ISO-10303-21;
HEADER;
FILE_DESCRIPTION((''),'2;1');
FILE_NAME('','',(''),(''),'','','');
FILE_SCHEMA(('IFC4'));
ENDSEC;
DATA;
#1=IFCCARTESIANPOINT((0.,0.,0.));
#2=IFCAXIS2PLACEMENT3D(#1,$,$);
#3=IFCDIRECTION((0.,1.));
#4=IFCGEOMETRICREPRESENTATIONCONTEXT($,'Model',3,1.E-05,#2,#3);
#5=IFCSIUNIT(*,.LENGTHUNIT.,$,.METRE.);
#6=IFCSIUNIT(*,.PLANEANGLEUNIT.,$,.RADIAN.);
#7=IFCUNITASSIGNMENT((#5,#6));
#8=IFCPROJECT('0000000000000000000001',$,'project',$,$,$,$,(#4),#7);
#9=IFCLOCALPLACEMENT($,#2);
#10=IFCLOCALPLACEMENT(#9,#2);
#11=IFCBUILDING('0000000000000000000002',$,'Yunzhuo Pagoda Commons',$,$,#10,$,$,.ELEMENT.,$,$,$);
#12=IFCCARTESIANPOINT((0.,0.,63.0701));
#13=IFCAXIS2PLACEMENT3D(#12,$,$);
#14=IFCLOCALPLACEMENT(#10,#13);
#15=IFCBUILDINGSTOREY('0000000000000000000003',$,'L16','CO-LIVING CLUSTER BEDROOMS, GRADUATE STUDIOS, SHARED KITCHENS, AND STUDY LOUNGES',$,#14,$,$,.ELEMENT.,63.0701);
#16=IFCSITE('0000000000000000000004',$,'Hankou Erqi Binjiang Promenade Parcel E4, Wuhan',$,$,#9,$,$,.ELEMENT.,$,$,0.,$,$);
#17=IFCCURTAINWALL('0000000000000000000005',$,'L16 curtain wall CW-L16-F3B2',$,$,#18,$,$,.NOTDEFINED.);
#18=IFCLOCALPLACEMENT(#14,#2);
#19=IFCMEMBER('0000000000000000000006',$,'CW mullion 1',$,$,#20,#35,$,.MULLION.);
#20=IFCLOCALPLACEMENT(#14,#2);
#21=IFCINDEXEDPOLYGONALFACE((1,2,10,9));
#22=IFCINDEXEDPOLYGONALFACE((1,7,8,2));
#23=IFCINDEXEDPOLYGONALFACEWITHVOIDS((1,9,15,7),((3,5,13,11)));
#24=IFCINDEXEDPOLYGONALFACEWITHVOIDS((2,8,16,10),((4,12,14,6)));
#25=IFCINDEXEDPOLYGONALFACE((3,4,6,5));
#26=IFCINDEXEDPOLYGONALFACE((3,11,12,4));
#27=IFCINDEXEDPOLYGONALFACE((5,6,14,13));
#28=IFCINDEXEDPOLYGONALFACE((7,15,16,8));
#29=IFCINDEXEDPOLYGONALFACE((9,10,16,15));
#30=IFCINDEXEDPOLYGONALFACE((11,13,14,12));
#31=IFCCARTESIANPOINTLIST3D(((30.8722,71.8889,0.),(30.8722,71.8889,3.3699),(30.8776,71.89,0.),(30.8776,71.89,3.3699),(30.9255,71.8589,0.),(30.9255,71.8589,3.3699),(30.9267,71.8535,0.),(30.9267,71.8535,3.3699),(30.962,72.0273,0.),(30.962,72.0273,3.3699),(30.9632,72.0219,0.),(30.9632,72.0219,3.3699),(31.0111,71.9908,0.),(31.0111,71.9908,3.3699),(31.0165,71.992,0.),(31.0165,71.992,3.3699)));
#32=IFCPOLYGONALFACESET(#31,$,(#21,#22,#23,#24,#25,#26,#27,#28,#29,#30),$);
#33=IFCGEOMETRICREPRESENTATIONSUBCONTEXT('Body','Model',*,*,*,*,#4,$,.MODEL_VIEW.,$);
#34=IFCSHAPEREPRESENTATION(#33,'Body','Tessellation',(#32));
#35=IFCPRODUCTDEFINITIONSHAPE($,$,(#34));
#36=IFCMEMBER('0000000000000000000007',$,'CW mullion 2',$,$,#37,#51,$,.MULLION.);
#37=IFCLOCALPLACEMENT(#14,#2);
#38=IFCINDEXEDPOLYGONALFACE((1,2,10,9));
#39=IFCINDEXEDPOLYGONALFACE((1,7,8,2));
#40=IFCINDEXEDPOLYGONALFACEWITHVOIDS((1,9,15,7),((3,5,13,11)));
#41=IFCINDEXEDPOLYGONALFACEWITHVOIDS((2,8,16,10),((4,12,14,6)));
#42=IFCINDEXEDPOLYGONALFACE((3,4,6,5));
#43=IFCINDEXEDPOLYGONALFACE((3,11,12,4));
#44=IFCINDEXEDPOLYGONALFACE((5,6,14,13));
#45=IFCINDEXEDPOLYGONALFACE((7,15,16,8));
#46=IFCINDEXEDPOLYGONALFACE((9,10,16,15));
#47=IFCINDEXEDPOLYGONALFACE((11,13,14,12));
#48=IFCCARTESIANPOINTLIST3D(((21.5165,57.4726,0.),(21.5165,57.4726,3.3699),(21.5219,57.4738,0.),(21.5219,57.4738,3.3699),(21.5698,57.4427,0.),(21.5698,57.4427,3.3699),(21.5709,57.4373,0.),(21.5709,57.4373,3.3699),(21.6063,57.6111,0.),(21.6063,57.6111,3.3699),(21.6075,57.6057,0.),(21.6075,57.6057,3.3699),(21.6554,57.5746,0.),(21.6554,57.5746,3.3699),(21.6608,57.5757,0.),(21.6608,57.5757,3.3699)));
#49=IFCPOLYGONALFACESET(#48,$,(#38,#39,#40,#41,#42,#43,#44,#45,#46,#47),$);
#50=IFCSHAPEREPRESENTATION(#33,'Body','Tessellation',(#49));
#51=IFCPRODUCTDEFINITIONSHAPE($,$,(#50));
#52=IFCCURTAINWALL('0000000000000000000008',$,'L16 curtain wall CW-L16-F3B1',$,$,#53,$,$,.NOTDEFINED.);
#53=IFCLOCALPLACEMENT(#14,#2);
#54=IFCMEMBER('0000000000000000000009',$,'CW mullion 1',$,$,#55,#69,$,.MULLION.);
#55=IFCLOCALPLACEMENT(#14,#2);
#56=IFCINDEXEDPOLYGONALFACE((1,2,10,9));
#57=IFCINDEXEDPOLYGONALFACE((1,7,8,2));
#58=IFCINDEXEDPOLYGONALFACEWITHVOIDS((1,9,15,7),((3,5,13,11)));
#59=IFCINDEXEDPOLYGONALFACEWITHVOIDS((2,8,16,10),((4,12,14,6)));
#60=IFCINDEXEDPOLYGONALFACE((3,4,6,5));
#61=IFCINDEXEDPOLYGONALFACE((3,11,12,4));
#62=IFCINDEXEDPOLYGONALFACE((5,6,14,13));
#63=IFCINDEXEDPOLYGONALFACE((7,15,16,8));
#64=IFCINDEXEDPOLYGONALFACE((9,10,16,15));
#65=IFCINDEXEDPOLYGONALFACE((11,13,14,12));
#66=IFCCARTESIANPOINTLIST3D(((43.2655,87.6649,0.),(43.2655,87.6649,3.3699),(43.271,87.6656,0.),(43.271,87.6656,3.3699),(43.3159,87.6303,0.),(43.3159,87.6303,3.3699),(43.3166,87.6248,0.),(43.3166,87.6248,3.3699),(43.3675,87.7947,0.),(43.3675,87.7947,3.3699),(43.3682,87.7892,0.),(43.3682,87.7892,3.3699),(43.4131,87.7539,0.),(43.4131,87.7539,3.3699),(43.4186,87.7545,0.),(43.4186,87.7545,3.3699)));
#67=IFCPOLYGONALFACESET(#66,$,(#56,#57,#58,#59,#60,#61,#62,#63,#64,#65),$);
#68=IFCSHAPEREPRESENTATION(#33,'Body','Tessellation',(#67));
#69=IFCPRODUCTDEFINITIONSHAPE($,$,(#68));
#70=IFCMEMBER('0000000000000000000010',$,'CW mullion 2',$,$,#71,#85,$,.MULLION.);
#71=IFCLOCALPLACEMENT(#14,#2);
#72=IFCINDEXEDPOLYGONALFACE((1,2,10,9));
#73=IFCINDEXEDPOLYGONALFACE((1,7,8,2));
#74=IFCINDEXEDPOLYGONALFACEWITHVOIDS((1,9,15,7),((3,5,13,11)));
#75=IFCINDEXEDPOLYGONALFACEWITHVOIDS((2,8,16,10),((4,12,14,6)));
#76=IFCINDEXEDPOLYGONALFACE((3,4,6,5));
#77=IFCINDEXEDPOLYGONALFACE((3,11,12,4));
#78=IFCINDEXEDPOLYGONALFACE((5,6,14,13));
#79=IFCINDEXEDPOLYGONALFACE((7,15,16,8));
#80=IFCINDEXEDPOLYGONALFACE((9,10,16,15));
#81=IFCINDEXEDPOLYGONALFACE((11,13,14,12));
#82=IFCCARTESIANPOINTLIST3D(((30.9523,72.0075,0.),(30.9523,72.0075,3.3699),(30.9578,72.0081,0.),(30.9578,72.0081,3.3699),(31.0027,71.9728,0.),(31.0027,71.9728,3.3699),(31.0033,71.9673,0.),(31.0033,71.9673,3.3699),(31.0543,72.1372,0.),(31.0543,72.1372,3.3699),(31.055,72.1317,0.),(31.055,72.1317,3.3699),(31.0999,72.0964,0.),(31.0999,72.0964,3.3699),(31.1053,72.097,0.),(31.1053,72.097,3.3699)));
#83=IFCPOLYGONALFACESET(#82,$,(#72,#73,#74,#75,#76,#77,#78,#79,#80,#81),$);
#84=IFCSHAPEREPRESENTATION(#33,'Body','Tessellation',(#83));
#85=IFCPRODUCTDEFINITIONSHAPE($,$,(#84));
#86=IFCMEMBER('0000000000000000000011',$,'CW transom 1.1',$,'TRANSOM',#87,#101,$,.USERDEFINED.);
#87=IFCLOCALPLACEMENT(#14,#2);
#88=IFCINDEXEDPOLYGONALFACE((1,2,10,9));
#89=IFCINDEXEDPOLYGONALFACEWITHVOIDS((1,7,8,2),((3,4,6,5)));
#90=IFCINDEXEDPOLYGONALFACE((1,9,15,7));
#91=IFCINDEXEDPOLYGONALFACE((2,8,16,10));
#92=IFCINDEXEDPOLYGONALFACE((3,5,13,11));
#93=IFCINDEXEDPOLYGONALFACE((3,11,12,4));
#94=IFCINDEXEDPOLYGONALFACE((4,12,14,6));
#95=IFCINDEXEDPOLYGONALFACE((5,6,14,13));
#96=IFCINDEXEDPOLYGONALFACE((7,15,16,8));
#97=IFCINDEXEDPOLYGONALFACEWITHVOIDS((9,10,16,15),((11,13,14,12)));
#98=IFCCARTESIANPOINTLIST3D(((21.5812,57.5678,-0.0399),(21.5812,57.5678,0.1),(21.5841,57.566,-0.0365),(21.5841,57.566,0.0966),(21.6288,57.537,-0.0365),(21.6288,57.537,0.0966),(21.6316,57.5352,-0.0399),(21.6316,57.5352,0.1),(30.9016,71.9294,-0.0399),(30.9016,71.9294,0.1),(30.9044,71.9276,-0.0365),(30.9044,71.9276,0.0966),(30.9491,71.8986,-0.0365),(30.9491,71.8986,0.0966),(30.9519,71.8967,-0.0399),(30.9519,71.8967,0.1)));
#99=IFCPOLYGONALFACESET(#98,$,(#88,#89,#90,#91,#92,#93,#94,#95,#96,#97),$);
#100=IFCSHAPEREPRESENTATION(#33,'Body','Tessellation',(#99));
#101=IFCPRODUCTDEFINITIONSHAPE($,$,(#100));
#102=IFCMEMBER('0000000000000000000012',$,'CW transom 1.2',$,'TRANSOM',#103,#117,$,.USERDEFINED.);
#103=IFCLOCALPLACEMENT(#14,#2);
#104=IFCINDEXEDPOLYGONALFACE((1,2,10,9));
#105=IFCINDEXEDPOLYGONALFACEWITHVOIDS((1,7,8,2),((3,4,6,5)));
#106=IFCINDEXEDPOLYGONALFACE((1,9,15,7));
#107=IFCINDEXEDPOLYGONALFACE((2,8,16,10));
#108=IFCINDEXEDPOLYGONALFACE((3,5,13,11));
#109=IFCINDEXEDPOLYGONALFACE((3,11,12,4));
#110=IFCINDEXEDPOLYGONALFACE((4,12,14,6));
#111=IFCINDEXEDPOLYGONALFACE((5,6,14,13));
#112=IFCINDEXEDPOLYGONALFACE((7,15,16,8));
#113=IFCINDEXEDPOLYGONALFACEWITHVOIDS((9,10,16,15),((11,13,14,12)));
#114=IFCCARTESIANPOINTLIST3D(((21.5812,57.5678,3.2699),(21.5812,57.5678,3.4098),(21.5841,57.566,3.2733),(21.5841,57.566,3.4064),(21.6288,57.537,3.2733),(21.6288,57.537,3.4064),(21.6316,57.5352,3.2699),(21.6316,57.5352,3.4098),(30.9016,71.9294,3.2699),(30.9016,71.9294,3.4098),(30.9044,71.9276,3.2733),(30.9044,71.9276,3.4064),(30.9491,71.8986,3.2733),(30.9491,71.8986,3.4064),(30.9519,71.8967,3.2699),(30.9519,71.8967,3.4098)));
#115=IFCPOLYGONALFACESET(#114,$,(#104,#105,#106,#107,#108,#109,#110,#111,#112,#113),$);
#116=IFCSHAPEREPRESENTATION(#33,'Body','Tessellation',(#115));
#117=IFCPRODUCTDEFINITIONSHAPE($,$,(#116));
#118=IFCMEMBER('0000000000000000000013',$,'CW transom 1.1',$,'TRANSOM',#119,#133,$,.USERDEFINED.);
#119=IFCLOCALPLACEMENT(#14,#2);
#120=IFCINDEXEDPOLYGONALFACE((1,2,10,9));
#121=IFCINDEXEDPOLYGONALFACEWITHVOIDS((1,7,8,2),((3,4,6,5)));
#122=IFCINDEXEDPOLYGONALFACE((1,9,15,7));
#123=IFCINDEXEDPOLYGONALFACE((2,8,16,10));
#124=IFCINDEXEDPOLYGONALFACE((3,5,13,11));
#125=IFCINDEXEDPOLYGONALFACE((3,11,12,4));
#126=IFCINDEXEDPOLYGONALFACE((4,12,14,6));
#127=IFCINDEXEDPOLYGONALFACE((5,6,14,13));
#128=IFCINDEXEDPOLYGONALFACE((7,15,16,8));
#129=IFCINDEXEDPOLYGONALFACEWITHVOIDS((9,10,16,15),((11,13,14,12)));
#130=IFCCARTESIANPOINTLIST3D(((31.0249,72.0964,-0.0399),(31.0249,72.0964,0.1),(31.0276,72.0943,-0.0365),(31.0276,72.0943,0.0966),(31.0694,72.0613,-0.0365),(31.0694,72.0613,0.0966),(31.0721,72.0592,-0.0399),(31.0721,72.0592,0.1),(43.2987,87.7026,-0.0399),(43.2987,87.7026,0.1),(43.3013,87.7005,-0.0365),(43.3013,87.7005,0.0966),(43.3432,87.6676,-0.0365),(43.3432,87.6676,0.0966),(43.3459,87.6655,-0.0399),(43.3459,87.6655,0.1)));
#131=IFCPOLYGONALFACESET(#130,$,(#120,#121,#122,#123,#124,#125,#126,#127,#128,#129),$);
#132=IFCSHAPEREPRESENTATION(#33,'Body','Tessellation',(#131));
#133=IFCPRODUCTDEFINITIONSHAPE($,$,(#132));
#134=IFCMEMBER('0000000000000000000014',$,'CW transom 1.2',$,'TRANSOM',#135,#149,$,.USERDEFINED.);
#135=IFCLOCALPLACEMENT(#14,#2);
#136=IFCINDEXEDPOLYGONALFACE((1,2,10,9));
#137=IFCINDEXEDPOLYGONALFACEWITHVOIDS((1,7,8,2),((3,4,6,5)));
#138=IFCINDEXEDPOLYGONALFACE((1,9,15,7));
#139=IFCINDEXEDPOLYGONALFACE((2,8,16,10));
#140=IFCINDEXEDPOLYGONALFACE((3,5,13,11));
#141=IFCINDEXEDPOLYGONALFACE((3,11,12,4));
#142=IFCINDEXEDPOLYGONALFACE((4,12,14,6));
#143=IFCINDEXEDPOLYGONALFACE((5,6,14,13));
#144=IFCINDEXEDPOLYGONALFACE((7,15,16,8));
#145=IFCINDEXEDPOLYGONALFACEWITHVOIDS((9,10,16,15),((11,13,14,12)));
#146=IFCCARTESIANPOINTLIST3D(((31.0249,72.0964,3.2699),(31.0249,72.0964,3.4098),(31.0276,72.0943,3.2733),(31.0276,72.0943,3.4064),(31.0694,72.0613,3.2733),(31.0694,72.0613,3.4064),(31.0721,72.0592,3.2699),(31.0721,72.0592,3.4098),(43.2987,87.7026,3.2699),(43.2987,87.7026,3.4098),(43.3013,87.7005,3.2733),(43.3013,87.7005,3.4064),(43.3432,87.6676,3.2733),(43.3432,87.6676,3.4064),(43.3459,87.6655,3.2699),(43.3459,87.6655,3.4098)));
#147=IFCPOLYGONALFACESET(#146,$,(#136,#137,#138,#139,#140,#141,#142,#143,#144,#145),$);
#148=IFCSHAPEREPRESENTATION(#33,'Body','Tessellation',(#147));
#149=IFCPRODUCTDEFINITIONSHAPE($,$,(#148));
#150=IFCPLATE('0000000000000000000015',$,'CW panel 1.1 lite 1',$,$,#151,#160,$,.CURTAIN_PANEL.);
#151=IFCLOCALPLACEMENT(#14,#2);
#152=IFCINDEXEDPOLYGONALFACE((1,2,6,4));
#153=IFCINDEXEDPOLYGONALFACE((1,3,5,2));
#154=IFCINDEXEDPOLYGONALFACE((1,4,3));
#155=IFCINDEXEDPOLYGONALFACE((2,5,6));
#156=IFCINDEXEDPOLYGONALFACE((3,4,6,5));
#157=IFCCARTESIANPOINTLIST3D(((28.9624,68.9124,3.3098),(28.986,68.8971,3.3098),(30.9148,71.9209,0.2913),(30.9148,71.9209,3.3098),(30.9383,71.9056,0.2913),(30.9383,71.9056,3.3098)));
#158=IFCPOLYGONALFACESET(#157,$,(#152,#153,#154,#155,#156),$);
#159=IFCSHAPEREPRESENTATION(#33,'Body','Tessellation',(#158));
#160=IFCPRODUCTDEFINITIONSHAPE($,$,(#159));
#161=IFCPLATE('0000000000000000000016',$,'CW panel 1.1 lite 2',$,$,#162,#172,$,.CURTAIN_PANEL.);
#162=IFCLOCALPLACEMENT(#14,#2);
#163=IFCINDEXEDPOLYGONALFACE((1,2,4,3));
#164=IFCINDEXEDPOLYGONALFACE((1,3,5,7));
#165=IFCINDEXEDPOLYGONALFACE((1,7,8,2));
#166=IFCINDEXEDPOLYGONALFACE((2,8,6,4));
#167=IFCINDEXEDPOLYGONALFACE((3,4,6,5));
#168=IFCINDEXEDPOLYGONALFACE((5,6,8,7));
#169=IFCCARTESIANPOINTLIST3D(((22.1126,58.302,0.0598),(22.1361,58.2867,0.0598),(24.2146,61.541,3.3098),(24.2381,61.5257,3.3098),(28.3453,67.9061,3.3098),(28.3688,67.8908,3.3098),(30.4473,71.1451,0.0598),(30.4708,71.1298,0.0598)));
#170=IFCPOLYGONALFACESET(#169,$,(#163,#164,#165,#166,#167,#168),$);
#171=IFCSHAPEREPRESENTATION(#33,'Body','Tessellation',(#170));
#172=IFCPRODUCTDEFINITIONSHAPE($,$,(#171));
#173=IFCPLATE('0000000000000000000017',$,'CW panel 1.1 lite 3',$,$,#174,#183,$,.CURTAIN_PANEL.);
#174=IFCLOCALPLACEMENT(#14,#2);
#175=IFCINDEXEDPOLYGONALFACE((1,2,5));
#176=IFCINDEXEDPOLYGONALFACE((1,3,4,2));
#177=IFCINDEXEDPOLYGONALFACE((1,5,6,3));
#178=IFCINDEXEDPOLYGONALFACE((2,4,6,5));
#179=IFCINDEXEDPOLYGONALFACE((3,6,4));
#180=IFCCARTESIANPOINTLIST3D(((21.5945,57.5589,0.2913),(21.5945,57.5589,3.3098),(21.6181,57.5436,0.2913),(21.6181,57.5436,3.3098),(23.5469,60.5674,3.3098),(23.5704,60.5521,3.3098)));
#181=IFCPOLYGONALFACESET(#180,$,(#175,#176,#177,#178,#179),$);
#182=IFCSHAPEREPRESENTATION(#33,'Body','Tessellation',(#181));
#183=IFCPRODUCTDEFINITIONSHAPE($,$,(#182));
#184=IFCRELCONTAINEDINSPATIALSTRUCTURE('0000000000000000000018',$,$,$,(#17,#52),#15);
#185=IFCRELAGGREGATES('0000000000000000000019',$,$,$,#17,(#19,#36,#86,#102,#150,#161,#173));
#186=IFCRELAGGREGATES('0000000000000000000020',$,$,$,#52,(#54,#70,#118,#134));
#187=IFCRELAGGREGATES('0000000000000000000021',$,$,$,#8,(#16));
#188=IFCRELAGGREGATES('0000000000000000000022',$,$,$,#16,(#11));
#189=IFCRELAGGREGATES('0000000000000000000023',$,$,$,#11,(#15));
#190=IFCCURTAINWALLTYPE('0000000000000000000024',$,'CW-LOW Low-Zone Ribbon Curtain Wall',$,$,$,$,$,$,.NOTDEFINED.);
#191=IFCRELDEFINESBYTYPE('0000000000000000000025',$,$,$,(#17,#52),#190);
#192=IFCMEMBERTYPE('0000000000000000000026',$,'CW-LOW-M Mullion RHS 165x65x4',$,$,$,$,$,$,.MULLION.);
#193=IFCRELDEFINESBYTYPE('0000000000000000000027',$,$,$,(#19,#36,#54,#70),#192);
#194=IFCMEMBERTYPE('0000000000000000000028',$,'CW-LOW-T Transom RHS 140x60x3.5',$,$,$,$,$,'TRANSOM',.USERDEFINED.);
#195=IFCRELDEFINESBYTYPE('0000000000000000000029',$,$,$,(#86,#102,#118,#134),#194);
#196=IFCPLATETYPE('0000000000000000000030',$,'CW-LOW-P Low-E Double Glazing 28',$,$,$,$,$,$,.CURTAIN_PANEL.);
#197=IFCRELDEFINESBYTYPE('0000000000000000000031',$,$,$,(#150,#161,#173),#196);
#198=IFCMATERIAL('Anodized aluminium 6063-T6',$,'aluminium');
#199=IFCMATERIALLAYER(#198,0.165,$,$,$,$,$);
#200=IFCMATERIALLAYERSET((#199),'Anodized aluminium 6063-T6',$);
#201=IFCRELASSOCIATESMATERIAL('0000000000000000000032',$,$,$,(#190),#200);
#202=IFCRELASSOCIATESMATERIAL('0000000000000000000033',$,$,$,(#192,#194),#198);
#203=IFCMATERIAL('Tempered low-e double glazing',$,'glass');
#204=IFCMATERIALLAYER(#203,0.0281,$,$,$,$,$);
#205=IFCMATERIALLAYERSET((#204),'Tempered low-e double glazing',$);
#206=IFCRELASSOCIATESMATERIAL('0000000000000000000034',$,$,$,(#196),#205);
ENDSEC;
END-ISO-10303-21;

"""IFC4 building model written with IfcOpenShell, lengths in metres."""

from ifc_helpers import new_model, si_unit, direction, frame, origin, origin_2d, place, context, subcontext, project, spatial, polyline, hollow_rectangle, outline, extrude, source, transform, mapped, material, layer, layer_set, material_profile, profile_set, type_object, element, aggregate, save


model = new_model("IFC4")

# Units and contexts
model_context = context("Model", 3, precision=1e-05, world=origin(), true_north=direction((0.0, 1.0)))
body_context = subcontext(model_context, "Body", "Model", "MODEL_VIEW")
ifc_project = project(units=[si_unit("LENGTHUNIT", "METRE"), si_unit("PLANEANGLEUNIT", "RADIAN")], contexts=[model_context])

# Site, building, storey
site_placement = place(None, origin())
site = spatial("IfcSite", under=ifc_project, at=site_placement, Name="Hankou Erqi Binjiang Promenade Parcel E4, Wuhan", CompositionType="ELEMENT", RefElevation=0.0)
building_placement = place(site_placement, origin())
building = spatial("IfcBuilding", under=site, at=building_placement, Name="Yunzhuo Pagoda Commons", CompositionType="ELEMENT")
storey_placement = place(building_placement, frame((0.0, 0.0, 63.0701)))
storey = spatial("IfcBuildingStorey", under=building, at=storey_placement, Name="L16", Description="CO-LIVING CLUSTER BEDROOMS, GRADUATE STUDIOS, SHARED KITCHENS, AND STUDY LOUNGES", CompositionType="ELEMENT", Elevation=63.0701)

# Curtain walls, members
ifc_material_1 = material(Name="Anodized aluminium 6063-T6", Category="aluminium")
ifc_layer_1 = layer(ifc_material_1, 0.165)
ifc_layer_set_1 = layer_set([ifc_layer_1], Name="Anodized aluminium 6063-T6")
curtain_wall_type = type_object("IfcCurtainWallType", Name="CW-LOW Low-Zone Ribbon Curtain Wall", PredefinedType="NOTDEFINED", material=ifc_layer_set_1)
curtain_wall_1_placement = place(storey_placement, origin())
curtain_wall_1 = element("IfcCurtainWall", 1, at=curtain_wall_1_placement, inside=storey, type_object=curtain_wall_type, Name="L16 curtain wall CW-L16-F3B2", PredefinedType="NOTDEFINED")
ifc_material_profile_1 = material_profile(ifc_material_1, hollow_rectangle(XDim=0.0649, YDim=0.165, WallThickness=0.0039, at=origin_2d()), Name="Anodized aluminium 6063-T6")
ifc_profile_set_1 = profile_set([ifc_material_profile_1], Name="Anodized aluminium 6063-T6")
member_type_1 = type_object("IfcMemberType", Name="CW-LOW-M Mullion RHS 165x65x4", PredefinedType="MULLION", material=ifc_profile_set_1)
shared_shape_1 = source(origin(), body_context, "Body", "SweptSolid", [
    extrude(hollow_rectangle(XDim=0.0649, YDim=0.165, WallThickness=0.0039, at=origin_2d()), origin(), (0.0, 0.0, 1.0), 3.3699),
])
member_1_placement = place(storey_placement, frame((30.9443, 71.9404, 0.0), z_axis=(0.0, 0.0, 1.0), x_axis=(0.83884, -0.544378, 0.0)))
member_1 = element("IfcMember", 2, at=member_1_placement, type_object=member_type_1, Name="CW mullion 1", PredefinedType="MULLION", context=body_context, shape_type="MappedRepresentation", body=[
    mapped(shared_shape_1, transform((0.0, 0.0, 0.0), scale=1.0)),
])
member_2_placement = place(storey_placement, frame((21.5886, 57.5242, 0.0), z_axis=(0.0, 0.0, 1.0), x_axis=(0.83884, -0.544378, 0.0)))
member_2 = element("IfcMember", 3, at=member_2_placement, type_object=member_type_1, Name="CW mullion 2", PredefinedType="MULLION", context=body_context, shape_type="MappedRepresentation", body=[
    mapped(shared_shape_1, transform((0.0, 0.0, 0.0), scale=1.0)),
])
curtain_wall_2_placement = place(storey_placement, origin())
curtain_wall_2 = element("IfcCurtainWall", 4, at=curtain_wall_2_placement, inside=storey, type_object=curtain_wall_type, Name="L16 curtain wall CW-L16-F3B1", PredefinedType="NOTDEFINED")
member_3_placement = place(storey_placement, frame((43.342, 87.7097, 0.0), z_axis=(0.0, 0.0, 1.0), x_axis=(0.786046, -0.618168, 0.0)))
member_3 = element("IfcMember", 5, at=member_3_placement, type_object=member_type_1, Name="CW mullion 1", PredefinedType="MULLION", context=body_context, shape_type="MappedRepresentation", body=[
    mapped(shared_shape_1, transform((0.0, 0.0, 0.0), scale=1.0)),
])
member_4_placement = place(storey_placement, frame((31.0288, 72.0522, 0.0), z_axis=(0.0, 0.0, 1.0), x_axis=(0.786046, -0.618168, 0.0)))
member_4 = element("IfcMember", 6, at=member_4_placement, type_object=member_type_1, Name="CW mullion 2", PredefinedType="MULLION", context=body_context, shape_type="MappedRepresentation", body=[
    mapped(shared_shape_1, transform((0.0, 0.0, 0.0), scale=1.0)),
])

# Members
ifc_material_profile_2 = material_profile(ifc_material_1, hollow_rectangle(XDim=0.0601, YDim=0.1399, WallThickness=0.0034, at=origin_2d()), Name="Anodized aluminium 6063-T6")
ifc_profile_set_2 = profile_set([ifc_material_profile_2], Name="Anodized aluminium 6063-T6")
member_type_2 = type_object("IfcMemberType", Name="CW-LOW-T Transom RHS 140x60x3.5", ElementType="TRANSOM", PredefinedType="USERDEFINED", material=ifc_profile_set_2)
shared_shape_2 = source(origin(), body_context, "Body", "SweptSolid", [
    extrude(hollow_rectangle(XDim=0.0601, YDim=0.1399, WallThickness=0.0034, at=origin_2d()), origin(), (0.0, 0.0, 1.0), 17.1208),
])
member_5_placement = place(storey_placement, frame((30.9268, 71.9131, 0.03), z_axis=(-0.544384, -0.838836, 0.0), x_axis=(0.838836, -0.544384, 0.0)))
member_5 = element("IfcMember", 7, at=member_5_placement, type_object=member_type_2, Name="CW transom 1.1", ObjectType="TRANSOM", PredefinedType="USERDEFINED", context=body_context, shape_type="MappedRepresentation", body=[
    mapped(shared_shape_2, transform((0.0, 0.0, 0.0), scale=1.0)),
])
member_6_placement = place(storey_placement, frame((30.9268, 71.9131, 3.3398), z_axis=(-0.544384, -0.838836, 0.0), x_axis=(0.838836, -0.544384, 0.0)))
member_6 = element("IfcMember", 8, at=member_6_placement, type_object=member_type_2, Name="CW transom 1.2", ObjectType="TRANSOM", PredefinedType="USERDEFINED", context=body_context, shape_type="MappedRepresentation", body=[
    mapped(shared_shape_2, transform((0.0, 0.0, 0.0), scale=1.0)),
])
shared_shape_3 = source(origin(), body_context, "Body", "SweptSolid", [
    extrude(hollow_rectangle(XDim=0.0601, YDim=0.1399, WallThickness=0.0034, at=origin_2d()), origin(), (0.0, 0.0, 1.0), 19.8545),
])
member_7_placement = place(storey_placement, frame((43.3223, 87.6841, 0.03), z_axis=(-0.618185, -0.786033, 0.0), x_axis=(0.786033, -0.618185, 0.0)))
member_7 = element("IfcMember", 9, at=member_7_placement, type_object=member_type_2, Name="CW transom 1.1", ObjectType="TRANSOM", PredefinedType="USERDEFINED", context=body_context, shape_type="MappedRepresentation", body=[
    mapped(shared_shape_3, transform((0.0, 0.0, 0.0), scale=1.0)),
])
member_8_placement = place(storey_placement, frame((43.3223, 87.6841, 3.3398), z_axis=(-0.618185, -0.786033, 0.0), x_axis=(0.786033, -0.618185, 0.0)))
member_8 = element("IfcMember", 10, at=member_8_placement, type_object=member_type_2, Name="CW transom 1.2", ObjectType="TRANSOM", PredefinedType="USERDEFINED", context=body_context, shape_type="MappedRepresentation", body=[
    mapped(shared_shape_3, transform((0.0, 0.0, 0.0), scale=1.0)),
])

# Plates
ifc_material_2 = material(Name="Tempered low-e double glazing", Category="glass")
ifc_layer_2 = layer(ifc_material_2, 0.0281)
ifc_layer_set_2 = layer_set([ifc_layer_2], Name="Tempered low-e double glazing")
plate_type_1 = type_object("IfcPlateType", Name="CW-LOW-P Low-E Double Glazing 28", PredefinedType="CURTAIN_PANEL", material=ifc_layer_set_2)
plate_1_placement = place(storey_placement, frame((29.9622, 70.4014, 1.8005), z_axis=(-0.83884, 0.544378, 0.0), x_axis=(-0.544378, -0.83884, 0.0)))
plate_1 = element("IfcPlate", 11, at=plate_1_placement, type_object=plate_type_1, Name="CW panel 1.1 lite 1", PredefinedType="CURTAIN_PANEL", context=body_context, shape_type="SweptSolid", body=[
    extrude(outline(polyline([(-1.7932, -1.5093), (1.7932, 1.5093), (-1.7932, 1.5093), (-1.7932, -1.5093)])), origin(), (0.0, 0.0, 1.0), 0.0281),
])
plate_2_placement = place(storey_placement, frame((26.3035, 64.7083, 1.6848), z_axis=(-0.83884, 0.544378, 0.0), x_axis=(-0.544378, -0.83884, 0.0)))
plate_2 = element("IfcPlate", 12, at=plate_2_placement, type_object=plate_type_1, Name="CW panel 1.1 lite 2", PredefinedType="CURTAIN_PANEL", context=body_context, shape_type="SweptSolid", body=[
    extrude(outline(polyline([(-7.6553, -1.625), (7.6553, -1.625), (3.7939, 1.625), (-3.7939, 1.625), (-7.6553, -1.625)])), origin(), (0.0, 0.0, 1.0), 0.0281),
])
plate_3_placement = place(storey_placement, frame((22.5942, 59.0479, 1.8005), z_axis=(-0.83884, 0.544378, 0.0), x_axis=(-0.544378, -0.83884, 0.0)))
plate_3 = element("IfcPlate", 13, at=plate_3_placement, type_object=plate_type_1, Name="CW panel 1.1 lite 3", PredefinedType="CURTAIN_PANEL", context=body_context, shape_type="SweptSolid", body=[
    extrude(outline(polyline([(-1.7932, 1.5093), (1.7932, -1.5093), (1.7932, 1.5093), (-1.7932, 1.5093)])), origin(), (0.0, 0.0, 1.0), 0.0281),
])
aggregate(curtain_wall_1, [member_1, member_2, member_5, member_6, plate_1, plate_2, plate_3])

aggregate(curtain_wall_2, [member_3, member_4, member_7, member_8])

save(model, "model.ifc")
